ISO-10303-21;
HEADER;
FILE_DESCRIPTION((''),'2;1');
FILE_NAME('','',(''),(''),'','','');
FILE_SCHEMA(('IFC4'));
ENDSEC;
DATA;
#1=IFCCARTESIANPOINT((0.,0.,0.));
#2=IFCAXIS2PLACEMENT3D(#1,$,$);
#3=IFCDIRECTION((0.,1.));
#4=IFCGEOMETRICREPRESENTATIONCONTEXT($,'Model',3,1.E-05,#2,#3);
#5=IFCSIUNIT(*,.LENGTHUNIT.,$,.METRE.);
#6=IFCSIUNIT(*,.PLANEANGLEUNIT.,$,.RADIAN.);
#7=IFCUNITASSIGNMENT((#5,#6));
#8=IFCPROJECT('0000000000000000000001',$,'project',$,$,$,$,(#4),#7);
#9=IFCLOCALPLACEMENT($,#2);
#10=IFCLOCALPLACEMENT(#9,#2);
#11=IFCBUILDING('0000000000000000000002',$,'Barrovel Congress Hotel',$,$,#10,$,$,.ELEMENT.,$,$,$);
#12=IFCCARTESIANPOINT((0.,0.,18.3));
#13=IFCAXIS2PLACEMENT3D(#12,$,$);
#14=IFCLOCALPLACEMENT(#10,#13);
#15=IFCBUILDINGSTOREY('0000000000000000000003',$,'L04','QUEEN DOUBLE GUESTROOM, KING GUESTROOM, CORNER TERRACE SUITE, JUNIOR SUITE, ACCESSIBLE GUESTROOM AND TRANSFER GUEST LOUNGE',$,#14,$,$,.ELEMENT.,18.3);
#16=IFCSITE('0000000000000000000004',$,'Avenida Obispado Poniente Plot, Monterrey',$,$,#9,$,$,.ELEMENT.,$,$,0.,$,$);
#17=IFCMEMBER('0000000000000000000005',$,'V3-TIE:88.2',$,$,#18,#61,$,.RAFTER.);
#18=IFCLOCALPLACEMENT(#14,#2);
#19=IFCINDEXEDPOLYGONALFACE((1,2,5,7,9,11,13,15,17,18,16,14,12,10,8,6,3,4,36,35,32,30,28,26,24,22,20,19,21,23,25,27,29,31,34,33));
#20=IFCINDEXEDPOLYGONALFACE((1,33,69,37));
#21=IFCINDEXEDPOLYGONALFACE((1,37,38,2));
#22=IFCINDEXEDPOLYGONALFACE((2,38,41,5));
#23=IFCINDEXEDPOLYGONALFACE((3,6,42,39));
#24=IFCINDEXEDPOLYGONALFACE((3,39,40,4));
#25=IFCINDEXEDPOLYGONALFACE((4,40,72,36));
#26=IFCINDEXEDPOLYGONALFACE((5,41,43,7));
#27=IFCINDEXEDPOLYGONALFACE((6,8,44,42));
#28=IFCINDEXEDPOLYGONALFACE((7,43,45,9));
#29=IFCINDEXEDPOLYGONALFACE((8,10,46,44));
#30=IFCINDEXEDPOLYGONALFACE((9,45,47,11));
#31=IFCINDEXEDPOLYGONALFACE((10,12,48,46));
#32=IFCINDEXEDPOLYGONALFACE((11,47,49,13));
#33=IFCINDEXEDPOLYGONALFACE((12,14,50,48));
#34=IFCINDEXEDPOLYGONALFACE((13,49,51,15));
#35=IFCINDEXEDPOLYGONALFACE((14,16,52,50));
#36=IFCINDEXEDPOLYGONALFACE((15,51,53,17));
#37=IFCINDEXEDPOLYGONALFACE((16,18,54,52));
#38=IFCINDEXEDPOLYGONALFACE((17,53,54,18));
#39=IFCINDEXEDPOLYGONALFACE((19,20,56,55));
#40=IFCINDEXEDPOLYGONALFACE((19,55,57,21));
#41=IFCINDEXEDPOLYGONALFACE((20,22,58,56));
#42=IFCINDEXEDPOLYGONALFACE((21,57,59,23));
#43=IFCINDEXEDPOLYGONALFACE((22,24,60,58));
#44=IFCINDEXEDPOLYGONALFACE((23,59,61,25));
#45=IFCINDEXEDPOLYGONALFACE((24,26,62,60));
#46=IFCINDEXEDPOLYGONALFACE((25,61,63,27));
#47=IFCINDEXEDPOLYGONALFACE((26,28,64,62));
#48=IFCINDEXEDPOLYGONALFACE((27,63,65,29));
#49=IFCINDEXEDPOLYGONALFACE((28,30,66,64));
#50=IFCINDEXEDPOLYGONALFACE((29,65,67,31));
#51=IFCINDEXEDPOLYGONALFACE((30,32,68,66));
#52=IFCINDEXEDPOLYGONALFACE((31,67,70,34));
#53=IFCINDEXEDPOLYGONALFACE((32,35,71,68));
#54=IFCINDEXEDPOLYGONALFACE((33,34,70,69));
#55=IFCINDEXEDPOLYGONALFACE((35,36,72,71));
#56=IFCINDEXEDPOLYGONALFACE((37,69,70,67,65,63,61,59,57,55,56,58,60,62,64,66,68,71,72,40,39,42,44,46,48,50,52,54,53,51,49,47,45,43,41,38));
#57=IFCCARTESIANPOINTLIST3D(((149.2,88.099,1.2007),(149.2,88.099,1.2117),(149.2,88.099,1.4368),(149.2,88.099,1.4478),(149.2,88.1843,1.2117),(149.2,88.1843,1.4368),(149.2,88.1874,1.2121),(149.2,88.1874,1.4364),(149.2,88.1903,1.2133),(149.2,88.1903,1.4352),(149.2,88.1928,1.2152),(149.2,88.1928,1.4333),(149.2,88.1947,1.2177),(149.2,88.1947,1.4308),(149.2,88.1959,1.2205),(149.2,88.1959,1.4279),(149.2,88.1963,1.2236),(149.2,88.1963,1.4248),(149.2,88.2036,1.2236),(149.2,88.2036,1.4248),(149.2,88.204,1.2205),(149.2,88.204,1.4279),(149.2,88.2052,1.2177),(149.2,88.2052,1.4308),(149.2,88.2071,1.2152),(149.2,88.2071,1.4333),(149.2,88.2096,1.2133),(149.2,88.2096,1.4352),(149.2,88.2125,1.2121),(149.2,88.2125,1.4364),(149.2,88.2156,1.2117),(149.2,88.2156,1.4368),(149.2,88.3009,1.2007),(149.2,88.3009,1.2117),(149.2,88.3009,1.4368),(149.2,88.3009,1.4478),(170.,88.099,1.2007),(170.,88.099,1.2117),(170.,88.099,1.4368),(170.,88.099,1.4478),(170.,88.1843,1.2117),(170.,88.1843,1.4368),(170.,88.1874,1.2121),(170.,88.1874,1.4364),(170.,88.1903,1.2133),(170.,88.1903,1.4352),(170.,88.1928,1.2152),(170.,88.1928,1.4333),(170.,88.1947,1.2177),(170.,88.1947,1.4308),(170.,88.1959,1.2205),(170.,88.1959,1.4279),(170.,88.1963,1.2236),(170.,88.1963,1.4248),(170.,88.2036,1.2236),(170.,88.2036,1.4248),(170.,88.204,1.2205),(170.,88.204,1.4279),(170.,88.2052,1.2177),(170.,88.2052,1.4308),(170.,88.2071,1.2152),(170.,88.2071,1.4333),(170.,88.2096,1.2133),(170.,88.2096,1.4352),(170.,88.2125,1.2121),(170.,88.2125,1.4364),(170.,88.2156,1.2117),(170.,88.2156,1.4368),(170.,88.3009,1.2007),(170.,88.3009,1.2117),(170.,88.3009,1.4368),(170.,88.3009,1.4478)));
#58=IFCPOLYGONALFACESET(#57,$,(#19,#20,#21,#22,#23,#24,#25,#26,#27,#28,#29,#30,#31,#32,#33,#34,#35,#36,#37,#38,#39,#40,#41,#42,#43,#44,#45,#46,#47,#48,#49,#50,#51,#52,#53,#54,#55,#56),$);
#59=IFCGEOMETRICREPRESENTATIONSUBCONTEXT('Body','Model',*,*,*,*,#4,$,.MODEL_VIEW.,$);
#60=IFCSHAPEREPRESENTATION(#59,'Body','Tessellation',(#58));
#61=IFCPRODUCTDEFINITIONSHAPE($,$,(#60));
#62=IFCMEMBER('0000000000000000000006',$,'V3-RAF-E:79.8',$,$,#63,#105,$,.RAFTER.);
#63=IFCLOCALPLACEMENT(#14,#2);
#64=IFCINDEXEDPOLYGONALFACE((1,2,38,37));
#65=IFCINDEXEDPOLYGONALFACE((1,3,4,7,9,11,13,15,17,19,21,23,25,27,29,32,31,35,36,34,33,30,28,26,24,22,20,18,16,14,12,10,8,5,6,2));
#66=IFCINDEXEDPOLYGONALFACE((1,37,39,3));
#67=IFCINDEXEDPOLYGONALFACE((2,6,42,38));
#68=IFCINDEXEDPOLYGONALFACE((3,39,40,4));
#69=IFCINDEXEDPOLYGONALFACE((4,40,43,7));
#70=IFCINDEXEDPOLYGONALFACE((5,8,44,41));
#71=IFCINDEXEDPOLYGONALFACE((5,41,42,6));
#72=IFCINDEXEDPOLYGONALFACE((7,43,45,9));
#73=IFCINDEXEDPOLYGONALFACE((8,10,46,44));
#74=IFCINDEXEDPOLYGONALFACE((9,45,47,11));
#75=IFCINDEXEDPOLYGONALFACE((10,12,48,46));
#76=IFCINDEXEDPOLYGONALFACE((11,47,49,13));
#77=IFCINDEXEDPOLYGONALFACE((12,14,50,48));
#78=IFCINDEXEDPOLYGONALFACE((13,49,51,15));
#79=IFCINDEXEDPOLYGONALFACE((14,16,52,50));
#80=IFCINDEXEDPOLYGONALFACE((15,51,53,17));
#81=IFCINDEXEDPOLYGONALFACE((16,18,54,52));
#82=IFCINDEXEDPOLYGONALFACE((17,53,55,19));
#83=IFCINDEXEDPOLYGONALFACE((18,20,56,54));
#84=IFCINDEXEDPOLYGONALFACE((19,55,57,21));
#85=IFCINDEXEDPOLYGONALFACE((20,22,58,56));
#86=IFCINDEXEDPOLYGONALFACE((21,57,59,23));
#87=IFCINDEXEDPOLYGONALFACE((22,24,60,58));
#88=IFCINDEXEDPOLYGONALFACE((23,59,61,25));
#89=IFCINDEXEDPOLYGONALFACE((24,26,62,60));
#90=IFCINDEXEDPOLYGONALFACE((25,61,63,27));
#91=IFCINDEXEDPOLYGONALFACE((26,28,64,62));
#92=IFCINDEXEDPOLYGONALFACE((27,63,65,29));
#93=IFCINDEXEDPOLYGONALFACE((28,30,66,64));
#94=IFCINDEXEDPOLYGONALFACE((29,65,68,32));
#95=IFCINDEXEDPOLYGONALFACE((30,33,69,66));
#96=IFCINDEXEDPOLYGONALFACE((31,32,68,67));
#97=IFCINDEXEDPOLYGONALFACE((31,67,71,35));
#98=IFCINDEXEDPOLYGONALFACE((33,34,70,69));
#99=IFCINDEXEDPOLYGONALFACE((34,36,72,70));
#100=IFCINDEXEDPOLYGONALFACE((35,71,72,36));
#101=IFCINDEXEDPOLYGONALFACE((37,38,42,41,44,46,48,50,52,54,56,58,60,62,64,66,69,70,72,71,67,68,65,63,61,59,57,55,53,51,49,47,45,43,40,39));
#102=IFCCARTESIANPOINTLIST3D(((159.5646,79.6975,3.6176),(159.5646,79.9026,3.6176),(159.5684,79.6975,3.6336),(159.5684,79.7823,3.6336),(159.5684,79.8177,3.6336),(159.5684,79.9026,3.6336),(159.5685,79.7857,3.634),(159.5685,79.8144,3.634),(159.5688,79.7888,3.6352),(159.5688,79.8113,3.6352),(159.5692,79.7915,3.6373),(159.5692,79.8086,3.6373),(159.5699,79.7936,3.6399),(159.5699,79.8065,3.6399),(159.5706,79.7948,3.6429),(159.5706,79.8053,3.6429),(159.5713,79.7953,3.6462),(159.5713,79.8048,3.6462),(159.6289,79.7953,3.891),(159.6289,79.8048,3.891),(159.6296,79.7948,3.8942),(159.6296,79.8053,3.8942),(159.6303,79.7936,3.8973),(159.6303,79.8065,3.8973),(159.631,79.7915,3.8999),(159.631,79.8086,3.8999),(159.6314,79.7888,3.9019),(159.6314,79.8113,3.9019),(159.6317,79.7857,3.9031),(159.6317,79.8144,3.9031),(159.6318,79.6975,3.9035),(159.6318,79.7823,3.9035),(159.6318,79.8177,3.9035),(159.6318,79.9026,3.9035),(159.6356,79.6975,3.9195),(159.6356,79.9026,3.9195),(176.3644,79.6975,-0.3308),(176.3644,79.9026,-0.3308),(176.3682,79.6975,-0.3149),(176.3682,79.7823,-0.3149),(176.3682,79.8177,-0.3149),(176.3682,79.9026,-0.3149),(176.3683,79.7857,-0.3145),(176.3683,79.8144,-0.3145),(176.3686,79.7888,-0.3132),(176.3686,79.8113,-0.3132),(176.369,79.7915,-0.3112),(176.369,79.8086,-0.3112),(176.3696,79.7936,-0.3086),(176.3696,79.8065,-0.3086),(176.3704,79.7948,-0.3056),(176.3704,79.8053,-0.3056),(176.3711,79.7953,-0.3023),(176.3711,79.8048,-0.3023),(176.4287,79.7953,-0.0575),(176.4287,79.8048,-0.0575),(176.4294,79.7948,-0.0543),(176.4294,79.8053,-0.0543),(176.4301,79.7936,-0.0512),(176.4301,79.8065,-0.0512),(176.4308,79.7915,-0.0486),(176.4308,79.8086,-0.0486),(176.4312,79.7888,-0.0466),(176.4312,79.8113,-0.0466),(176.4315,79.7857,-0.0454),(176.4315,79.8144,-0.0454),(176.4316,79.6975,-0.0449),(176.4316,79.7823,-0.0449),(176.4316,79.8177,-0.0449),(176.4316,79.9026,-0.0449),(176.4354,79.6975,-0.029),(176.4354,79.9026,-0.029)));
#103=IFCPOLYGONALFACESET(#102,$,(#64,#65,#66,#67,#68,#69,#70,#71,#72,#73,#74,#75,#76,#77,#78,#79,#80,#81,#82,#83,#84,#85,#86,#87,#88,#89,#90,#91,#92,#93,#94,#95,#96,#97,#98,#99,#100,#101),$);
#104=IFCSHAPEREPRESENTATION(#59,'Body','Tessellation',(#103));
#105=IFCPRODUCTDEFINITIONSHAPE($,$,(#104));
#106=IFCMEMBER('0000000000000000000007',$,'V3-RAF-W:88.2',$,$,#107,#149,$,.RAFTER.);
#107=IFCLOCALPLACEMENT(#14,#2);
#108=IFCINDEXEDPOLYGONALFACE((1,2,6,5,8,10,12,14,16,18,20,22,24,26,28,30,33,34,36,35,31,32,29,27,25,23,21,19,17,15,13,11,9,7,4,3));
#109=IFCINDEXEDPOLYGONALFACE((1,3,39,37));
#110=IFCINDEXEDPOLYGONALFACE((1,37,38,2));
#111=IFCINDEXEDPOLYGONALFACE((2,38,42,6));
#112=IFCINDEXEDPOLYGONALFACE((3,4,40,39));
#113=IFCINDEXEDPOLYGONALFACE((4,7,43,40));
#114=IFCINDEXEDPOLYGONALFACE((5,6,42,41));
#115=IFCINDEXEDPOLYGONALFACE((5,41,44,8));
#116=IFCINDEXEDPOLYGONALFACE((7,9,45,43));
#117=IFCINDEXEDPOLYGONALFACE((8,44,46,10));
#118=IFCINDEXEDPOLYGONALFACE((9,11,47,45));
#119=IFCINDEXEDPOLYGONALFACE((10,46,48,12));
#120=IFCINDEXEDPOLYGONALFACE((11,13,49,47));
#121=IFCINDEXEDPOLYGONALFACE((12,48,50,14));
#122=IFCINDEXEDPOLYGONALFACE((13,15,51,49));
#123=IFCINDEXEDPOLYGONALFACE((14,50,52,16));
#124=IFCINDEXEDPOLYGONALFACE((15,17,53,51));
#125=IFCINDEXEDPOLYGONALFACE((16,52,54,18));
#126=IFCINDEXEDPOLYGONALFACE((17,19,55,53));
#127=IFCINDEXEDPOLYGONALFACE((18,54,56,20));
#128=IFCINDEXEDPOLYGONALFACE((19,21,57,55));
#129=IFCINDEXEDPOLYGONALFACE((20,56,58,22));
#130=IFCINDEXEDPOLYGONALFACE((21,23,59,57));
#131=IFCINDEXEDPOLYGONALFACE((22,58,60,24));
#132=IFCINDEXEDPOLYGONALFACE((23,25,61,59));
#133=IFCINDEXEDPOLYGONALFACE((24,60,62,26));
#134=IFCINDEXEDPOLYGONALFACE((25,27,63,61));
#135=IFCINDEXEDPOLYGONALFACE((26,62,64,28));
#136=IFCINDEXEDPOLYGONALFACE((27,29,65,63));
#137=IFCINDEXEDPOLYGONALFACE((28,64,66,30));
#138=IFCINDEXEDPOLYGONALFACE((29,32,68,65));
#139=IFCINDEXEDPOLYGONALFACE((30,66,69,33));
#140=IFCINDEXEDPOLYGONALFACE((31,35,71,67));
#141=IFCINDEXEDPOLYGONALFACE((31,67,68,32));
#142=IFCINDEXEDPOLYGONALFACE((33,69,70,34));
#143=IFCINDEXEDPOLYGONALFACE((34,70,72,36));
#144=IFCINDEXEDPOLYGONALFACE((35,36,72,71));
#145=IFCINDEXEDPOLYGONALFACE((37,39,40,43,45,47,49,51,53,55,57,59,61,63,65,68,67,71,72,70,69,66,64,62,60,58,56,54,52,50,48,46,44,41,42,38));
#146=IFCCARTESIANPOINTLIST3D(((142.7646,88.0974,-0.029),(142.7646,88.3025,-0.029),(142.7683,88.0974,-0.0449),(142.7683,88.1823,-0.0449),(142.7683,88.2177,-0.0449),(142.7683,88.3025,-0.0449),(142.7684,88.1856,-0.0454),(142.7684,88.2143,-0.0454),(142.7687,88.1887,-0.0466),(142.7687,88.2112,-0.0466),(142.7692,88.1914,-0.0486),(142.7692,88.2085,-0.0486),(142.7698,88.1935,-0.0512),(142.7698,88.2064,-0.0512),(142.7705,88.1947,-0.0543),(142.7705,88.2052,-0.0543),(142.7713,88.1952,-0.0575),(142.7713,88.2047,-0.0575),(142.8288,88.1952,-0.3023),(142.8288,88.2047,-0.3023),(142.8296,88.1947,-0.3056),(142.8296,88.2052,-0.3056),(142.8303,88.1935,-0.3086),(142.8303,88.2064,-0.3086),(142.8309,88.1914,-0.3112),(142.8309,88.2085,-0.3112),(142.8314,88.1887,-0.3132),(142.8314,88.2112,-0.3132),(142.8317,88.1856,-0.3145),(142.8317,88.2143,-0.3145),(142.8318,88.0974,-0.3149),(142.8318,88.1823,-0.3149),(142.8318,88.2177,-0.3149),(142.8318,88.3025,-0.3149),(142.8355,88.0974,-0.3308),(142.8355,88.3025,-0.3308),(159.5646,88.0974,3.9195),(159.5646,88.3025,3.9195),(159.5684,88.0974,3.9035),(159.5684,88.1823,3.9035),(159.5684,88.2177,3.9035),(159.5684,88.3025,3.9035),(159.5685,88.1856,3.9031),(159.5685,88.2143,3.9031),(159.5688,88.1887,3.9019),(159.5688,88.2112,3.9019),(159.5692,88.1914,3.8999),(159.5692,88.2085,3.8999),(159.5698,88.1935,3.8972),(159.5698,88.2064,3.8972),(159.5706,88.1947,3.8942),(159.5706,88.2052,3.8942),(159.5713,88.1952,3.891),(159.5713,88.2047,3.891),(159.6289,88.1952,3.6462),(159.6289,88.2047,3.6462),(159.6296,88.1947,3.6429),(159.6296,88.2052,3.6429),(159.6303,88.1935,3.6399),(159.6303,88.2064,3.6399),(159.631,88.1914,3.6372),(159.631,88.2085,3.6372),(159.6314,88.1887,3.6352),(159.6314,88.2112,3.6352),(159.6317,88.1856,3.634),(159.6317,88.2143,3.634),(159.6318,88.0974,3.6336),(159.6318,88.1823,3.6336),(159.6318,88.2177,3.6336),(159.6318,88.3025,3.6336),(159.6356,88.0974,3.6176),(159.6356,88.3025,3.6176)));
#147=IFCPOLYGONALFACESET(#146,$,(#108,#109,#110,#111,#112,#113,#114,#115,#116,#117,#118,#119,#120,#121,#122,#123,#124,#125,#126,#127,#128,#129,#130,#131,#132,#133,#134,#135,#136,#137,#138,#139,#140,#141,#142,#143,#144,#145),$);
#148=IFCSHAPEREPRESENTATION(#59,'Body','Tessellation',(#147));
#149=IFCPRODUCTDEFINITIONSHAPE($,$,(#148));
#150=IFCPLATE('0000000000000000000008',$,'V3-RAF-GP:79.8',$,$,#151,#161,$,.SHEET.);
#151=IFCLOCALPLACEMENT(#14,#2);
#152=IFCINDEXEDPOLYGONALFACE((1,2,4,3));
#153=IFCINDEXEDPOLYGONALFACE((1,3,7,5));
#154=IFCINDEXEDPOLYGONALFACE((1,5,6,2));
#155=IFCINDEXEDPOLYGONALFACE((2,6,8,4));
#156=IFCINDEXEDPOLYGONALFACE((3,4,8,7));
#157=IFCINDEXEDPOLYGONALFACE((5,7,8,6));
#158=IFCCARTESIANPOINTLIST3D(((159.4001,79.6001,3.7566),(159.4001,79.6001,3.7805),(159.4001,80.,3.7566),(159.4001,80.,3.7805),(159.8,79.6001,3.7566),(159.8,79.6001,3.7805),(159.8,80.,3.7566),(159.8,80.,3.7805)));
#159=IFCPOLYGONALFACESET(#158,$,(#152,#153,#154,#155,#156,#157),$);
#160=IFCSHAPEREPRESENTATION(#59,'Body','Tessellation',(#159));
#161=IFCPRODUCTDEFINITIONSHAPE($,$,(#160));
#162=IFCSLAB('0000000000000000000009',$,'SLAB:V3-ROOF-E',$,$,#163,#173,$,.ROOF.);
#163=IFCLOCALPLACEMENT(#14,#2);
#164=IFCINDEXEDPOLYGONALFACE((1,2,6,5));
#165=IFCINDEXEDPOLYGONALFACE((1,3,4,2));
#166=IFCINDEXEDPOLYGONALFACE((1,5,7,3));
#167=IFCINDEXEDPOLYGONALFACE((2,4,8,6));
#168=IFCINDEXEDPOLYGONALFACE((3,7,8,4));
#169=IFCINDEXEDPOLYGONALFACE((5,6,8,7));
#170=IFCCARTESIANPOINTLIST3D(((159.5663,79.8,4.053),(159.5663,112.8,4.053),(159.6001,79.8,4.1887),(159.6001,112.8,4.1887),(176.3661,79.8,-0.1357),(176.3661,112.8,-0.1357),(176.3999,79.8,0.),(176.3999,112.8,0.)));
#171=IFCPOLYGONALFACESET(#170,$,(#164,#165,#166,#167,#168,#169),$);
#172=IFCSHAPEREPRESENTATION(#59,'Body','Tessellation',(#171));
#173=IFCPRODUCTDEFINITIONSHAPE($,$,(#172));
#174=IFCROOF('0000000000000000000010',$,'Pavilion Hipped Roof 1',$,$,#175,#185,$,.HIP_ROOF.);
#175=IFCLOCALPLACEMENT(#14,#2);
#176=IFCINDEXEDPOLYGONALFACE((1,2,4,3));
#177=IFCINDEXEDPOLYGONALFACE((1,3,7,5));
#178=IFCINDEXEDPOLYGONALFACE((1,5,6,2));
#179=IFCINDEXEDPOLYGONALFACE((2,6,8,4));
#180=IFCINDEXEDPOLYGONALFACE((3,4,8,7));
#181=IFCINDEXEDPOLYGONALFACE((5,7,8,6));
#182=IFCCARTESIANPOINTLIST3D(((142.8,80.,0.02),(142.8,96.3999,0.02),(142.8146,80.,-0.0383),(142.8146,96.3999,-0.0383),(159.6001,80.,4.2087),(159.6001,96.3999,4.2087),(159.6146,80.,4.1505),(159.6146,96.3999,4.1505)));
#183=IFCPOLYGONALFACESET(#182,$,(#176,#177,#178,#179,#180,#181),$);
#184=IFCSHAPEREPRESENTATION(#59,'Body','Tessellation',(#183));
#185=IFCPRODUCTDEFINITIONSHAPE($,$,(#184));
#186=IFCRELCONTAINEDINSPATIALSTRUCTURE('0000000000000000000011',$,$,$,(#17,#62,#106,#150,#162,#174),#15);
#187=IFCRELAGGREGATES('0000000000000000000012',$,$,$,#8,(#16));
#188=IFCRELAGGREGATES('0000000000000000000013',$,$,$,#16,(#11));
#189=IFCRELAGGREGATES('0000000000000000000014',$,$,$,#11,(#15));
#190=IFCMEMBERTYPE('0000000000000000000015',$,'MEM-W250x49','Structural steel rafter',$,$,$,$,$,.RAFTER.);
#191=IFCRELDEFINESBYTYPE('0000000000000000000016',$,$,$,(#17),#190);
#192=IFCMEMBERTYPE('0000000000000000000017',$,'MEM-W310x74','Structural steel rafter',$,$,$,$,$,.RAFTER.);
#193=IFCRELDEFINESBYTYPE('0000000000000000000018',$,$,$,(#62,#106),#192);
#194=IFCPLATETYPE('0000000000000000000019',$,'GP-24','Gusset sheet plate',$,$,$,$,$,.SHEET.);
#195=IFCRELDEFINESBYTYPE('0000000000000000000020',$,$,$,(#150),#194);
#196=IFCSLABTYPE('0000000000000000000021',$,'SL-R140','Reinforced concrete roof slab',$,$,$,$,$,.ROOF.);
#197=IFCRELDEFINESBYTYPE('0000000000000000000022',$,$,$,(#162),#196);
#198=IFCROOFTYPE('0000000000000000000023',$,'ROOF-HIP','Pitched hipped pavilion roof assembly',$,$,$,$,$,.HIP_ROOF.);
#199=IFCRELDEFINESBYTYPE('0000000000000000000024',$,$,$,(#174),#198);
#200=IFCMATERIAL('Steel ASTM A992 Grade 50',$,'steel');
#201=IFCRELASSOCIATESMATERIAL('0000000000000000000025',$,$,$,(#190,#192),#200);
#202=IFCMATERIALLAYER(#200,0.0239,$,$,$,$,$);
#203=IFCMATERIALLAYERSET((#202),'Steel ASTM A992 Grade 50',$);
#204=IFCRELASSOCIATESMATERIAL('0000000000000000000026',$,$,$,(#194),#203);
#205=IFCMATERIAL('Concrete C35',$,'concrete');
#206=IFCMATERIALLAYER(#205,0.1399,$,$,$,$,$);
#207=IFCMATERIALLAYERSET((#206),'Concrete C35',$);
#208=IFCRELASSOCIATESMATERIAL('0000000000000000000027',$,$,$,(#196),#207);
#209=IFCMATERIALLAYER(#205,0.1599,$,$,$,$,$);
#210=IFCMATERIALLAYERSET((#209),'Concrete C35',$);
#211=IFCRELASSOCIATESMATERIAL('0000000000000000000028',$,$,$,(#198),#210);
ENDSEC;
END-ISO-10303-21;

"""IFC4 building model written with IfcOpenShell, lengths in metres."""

from ifc_helpers import new_model, si_unit, direction, frame, origin, origin_2d, place, context, subcontext, project, spatial, polyline, rectangle, i_section, outline, extrude, material, layer, layer_set, material_profile, profile_set, type_object, element, save


model = new_model("IFC4")

# Units and contexts
model_context = context("Model", 3, precision=1e-05, world=origin(), true_north=direction((0.0, 1.0)))
body_context = subcontext(model_context, "Body", "Model", "MODEL_VIEW")
ifc_project = project(units=[si_unit("LENGTHUNIT", "METRE"), si_unit("PLANEANGLEUNIT", "RADIAN")], contexts=[model_context])

# Site, building, storey
site_placement = place(None, origin())
site = spatial("IfcSite", under=ifc_project, at=site_placement, Name="Avenida Obispado Poniente Plot, Monterrey", CompositionType="ELEMENT", RefElevation=0.0)
building_placement = place(site_placement, origin())
building = spatial("IfcBuilding", under=site, at=building_placement, Name="Barrovel Congress Hotel", CompositionType="ELEMENT")
storey_placement = place(building_placement, frame((0.0, 0.0, 18.3)))
storey = spatial("IfcBuildingStorey", under=building, at=storey_placement, Name="L04", Description="QUEEN DOUBLE GUESTROOM, KING GUESTROOM, CORNER TERRACE SUITE, JUNIOR SUITE, ACCESSIBLE GUESTROOM AND TRANSFER GUEST LOUNGE", CompositionType="ELEMENT", Elevation=18.3)

# Members
ifc_material_1 = material(Name="Steel ASTM A992 Grade 50", Category="steel")
ifc_material_profile_1 = material_profile(ifc_material_1, i_section(OverallWidth=0.2019, OverallDepth=0.2471, WebThickness=0.0073, FlangeThickness=0.011, FilletRadius=0.012, at=origin_2d()), Name="W250x49")
ifc_profile_set_1 = profile_set([ifc_material_profile_1], Name="Steel ASTM A992 Grade 50")
member_type_1 = type_object("IfcMemberType", Name="MEM-W250x49", Description="Structural steel rafter", PredefinedType="RAFTER", material=ifc_profile_set_1)
member_1_placement = place(storey_placement, frame((149.2, 88.2, 1.3242), z_axis=(1.0, 0.0, 0.0), x_axis=(0.0, 1.0, 0.0)))
element("IfcMember", 1, at=member_1_placement, inside=storey, type_object=member_type_1, Name="V3-TIE:88.2", PredefinedType="RAFTER", context=body_context, shape_type="SweptSolid", body=[
    extrude(i_section(OverallWidth=0.2019, OverallDepth=0.2471, WebThickness=0.0073, FlangeThickness=0.011, FilletRadius=0.012, at=origin_2d()), origin(), (0.0, 0.0, 1.0), 20.8),
])
ifc_material_profile_2 = material_profile(ifc_material_1, i_section(OverallWidth=0.2051, OverallDepth=0.3101, WebThickness=0.0095, FlangeThickness=0.0164, FilletRadius=0.0129, at=origin_2d()), Name="W310x74")
ifc_profile_set_2 = profile_set([ifc_material_profile_2], Name="Steel ASTM A992 Grade 50")
member_type_2 = type_object("IfcMemberType", Name="MEM-W310x74", Description="Structural steel rafter", PredefinedType="RAFTER", material=ifc_profile_set_2)
member_2_placement = place(storey_placement, frame((159.6001, 79.8, 3.7686), z_axis=(0.973474, 0.0, -0.228797), x_axis=(0.0, 1.0, 0.0)))
element("IfcMember", 2, at=member_2_placement, inside=storey, type_object=member_type_2, Name="V3-RAF-E:79.8", PredefinedType="RAFTER", context=body_context, shape_type="SweptSolid", body=[
    extrude(i_section(OverallWidth=0.2051, OverallDepth=0.3101, WebThickness=0.0095, FlangeThickness=0.0164, FilletRadius=0.0129, at=origin_2d()), origin(), (0.0, 0.0, 1.0), 17.2576),
])
member_3_placement = place(storey_placement, frame((142.8, 88.2, -0.1799), z_axis=(0.973475, 0.0, 0.228794), x_axis=(0.0, 1.0, 0.0)))
element("IfcMember", 3, at=member_3_placement, inside=storey, type_object=member_type_2, Name="V3-RAF-W:88.2", PredefinedType="RAFTER", context=body_context, shape_type="SweptSolid", body=[
    extrude(i_section(OverallWidth=0.2051, OverallDepth=0.3101, WebThickness=0.0095, FlangeThickness=0.0164, FilletRadius=0.0129, at=origin_2d()), origin(), (0.0, 0.0, 1.0), 17.2578),
])

# Plate
ifc_layer_1 = layer(ifc_material_1, 0.0239)
ifc_layer_set_1 = layer_set([ifc_layer_1], Name="Steel ASTM A992 Grade 50")
plate_type = type_object("IfcPlateType", Name="GP-24", Description="Gusset sheet plate", PredefinedType="SHEET", material=ifc_layer_set_1)
plate_placement = place(storey_placement, frame((159.6001, 79.8, 3.7566), z_axis=(0.0, 0.0, 1.0), x_axis=(1.0, 0.0, 0.0)))
element("IfcPlate", 4, at=plate_placement, inside=storey, type_object=plate_type, Name="V3-RAF-GP:79.8", PredefinedType="SHEET", context=body_context, shape_type="SweptSolid", body=[
    extrude(rectangle(XDim=0.3999, YDim=0.3999, at=origin_2d()), origin(), (0.0, 0.0, 1.0), 0.0239),
])

# Slab
ifc_material_2 = material(Name="Concrete C35", Category="concrete")
ifc_layer_2 = layer(ifc_material_2, 0.1399)
ifc_layer_set_2 = layer_set([ifc_layer_2], Name="Concrete C35")
slab_type = type_object("IfcSlabType", Name="SL-R140", Description="Reinforced concrete roof slab", PredefinedType="ROOF", material=ifc_layer_set_2)
slab_placement = place(storey_placement, frame((159.6001, 79.8, 4.1887), z_axis=(0.241925, 0.0, 0.970295), x_axis=(0.970295, 0.0, -0.241925)))
element("IfcSlab", 5, at=slab_placement, inside=storey, type_object=slab_type, Name="SLAB:V3-ROOF-E", PredefinedType="ROOF", context=body_context, shape_type="SweptSolid", body=[
    extrude(outline(polyline([(0.0, 0.0), (17.3141, 0.0), (17.3141, 33.0), (0.0, 33.0), (0.0, 0.0)])), origin(), (0.0, 0.0, -1.0), 0.1399),
])

# Roof
ifc_layer_3 = layer(ifc_material_2, 0.1599)
ifc_layer_set_3 = layer_set([ifc_layer_3], Name="Concrete C35")
roof_type = type_object("IfcRoofType", Name="ROOF-HIP", Description="Pitched hipped pavilion roof assembly", PredefinedType="HIP_ROOF", material=ifc_layer_set_3)
roof_placement = place(storey_placement, frame((142.8, 80.0, 0.02), z_axis=(-0.241922, 0.0, 0.970296), x_axis=(0.970296, 0.0, 0.241922)))
element("IfcRoof", 6, at=roof_placement, inside=storey, type_object=roof_type, Name="Pavilion Hipped Roof 1", PredefinedType="HIP_ROOF", context=body_context, shape_type="SweptSolid", body=[
    extrude(outline(polyline([(0.0, 0.0), (17.3144, 0.0), (17.3144, 16.3999), (0.0, 16.3999), (0.0, 0.0)])), origin(), (0.0, 0.0, -1.0), 0.0601),
])

save(model, "model.ifc")
